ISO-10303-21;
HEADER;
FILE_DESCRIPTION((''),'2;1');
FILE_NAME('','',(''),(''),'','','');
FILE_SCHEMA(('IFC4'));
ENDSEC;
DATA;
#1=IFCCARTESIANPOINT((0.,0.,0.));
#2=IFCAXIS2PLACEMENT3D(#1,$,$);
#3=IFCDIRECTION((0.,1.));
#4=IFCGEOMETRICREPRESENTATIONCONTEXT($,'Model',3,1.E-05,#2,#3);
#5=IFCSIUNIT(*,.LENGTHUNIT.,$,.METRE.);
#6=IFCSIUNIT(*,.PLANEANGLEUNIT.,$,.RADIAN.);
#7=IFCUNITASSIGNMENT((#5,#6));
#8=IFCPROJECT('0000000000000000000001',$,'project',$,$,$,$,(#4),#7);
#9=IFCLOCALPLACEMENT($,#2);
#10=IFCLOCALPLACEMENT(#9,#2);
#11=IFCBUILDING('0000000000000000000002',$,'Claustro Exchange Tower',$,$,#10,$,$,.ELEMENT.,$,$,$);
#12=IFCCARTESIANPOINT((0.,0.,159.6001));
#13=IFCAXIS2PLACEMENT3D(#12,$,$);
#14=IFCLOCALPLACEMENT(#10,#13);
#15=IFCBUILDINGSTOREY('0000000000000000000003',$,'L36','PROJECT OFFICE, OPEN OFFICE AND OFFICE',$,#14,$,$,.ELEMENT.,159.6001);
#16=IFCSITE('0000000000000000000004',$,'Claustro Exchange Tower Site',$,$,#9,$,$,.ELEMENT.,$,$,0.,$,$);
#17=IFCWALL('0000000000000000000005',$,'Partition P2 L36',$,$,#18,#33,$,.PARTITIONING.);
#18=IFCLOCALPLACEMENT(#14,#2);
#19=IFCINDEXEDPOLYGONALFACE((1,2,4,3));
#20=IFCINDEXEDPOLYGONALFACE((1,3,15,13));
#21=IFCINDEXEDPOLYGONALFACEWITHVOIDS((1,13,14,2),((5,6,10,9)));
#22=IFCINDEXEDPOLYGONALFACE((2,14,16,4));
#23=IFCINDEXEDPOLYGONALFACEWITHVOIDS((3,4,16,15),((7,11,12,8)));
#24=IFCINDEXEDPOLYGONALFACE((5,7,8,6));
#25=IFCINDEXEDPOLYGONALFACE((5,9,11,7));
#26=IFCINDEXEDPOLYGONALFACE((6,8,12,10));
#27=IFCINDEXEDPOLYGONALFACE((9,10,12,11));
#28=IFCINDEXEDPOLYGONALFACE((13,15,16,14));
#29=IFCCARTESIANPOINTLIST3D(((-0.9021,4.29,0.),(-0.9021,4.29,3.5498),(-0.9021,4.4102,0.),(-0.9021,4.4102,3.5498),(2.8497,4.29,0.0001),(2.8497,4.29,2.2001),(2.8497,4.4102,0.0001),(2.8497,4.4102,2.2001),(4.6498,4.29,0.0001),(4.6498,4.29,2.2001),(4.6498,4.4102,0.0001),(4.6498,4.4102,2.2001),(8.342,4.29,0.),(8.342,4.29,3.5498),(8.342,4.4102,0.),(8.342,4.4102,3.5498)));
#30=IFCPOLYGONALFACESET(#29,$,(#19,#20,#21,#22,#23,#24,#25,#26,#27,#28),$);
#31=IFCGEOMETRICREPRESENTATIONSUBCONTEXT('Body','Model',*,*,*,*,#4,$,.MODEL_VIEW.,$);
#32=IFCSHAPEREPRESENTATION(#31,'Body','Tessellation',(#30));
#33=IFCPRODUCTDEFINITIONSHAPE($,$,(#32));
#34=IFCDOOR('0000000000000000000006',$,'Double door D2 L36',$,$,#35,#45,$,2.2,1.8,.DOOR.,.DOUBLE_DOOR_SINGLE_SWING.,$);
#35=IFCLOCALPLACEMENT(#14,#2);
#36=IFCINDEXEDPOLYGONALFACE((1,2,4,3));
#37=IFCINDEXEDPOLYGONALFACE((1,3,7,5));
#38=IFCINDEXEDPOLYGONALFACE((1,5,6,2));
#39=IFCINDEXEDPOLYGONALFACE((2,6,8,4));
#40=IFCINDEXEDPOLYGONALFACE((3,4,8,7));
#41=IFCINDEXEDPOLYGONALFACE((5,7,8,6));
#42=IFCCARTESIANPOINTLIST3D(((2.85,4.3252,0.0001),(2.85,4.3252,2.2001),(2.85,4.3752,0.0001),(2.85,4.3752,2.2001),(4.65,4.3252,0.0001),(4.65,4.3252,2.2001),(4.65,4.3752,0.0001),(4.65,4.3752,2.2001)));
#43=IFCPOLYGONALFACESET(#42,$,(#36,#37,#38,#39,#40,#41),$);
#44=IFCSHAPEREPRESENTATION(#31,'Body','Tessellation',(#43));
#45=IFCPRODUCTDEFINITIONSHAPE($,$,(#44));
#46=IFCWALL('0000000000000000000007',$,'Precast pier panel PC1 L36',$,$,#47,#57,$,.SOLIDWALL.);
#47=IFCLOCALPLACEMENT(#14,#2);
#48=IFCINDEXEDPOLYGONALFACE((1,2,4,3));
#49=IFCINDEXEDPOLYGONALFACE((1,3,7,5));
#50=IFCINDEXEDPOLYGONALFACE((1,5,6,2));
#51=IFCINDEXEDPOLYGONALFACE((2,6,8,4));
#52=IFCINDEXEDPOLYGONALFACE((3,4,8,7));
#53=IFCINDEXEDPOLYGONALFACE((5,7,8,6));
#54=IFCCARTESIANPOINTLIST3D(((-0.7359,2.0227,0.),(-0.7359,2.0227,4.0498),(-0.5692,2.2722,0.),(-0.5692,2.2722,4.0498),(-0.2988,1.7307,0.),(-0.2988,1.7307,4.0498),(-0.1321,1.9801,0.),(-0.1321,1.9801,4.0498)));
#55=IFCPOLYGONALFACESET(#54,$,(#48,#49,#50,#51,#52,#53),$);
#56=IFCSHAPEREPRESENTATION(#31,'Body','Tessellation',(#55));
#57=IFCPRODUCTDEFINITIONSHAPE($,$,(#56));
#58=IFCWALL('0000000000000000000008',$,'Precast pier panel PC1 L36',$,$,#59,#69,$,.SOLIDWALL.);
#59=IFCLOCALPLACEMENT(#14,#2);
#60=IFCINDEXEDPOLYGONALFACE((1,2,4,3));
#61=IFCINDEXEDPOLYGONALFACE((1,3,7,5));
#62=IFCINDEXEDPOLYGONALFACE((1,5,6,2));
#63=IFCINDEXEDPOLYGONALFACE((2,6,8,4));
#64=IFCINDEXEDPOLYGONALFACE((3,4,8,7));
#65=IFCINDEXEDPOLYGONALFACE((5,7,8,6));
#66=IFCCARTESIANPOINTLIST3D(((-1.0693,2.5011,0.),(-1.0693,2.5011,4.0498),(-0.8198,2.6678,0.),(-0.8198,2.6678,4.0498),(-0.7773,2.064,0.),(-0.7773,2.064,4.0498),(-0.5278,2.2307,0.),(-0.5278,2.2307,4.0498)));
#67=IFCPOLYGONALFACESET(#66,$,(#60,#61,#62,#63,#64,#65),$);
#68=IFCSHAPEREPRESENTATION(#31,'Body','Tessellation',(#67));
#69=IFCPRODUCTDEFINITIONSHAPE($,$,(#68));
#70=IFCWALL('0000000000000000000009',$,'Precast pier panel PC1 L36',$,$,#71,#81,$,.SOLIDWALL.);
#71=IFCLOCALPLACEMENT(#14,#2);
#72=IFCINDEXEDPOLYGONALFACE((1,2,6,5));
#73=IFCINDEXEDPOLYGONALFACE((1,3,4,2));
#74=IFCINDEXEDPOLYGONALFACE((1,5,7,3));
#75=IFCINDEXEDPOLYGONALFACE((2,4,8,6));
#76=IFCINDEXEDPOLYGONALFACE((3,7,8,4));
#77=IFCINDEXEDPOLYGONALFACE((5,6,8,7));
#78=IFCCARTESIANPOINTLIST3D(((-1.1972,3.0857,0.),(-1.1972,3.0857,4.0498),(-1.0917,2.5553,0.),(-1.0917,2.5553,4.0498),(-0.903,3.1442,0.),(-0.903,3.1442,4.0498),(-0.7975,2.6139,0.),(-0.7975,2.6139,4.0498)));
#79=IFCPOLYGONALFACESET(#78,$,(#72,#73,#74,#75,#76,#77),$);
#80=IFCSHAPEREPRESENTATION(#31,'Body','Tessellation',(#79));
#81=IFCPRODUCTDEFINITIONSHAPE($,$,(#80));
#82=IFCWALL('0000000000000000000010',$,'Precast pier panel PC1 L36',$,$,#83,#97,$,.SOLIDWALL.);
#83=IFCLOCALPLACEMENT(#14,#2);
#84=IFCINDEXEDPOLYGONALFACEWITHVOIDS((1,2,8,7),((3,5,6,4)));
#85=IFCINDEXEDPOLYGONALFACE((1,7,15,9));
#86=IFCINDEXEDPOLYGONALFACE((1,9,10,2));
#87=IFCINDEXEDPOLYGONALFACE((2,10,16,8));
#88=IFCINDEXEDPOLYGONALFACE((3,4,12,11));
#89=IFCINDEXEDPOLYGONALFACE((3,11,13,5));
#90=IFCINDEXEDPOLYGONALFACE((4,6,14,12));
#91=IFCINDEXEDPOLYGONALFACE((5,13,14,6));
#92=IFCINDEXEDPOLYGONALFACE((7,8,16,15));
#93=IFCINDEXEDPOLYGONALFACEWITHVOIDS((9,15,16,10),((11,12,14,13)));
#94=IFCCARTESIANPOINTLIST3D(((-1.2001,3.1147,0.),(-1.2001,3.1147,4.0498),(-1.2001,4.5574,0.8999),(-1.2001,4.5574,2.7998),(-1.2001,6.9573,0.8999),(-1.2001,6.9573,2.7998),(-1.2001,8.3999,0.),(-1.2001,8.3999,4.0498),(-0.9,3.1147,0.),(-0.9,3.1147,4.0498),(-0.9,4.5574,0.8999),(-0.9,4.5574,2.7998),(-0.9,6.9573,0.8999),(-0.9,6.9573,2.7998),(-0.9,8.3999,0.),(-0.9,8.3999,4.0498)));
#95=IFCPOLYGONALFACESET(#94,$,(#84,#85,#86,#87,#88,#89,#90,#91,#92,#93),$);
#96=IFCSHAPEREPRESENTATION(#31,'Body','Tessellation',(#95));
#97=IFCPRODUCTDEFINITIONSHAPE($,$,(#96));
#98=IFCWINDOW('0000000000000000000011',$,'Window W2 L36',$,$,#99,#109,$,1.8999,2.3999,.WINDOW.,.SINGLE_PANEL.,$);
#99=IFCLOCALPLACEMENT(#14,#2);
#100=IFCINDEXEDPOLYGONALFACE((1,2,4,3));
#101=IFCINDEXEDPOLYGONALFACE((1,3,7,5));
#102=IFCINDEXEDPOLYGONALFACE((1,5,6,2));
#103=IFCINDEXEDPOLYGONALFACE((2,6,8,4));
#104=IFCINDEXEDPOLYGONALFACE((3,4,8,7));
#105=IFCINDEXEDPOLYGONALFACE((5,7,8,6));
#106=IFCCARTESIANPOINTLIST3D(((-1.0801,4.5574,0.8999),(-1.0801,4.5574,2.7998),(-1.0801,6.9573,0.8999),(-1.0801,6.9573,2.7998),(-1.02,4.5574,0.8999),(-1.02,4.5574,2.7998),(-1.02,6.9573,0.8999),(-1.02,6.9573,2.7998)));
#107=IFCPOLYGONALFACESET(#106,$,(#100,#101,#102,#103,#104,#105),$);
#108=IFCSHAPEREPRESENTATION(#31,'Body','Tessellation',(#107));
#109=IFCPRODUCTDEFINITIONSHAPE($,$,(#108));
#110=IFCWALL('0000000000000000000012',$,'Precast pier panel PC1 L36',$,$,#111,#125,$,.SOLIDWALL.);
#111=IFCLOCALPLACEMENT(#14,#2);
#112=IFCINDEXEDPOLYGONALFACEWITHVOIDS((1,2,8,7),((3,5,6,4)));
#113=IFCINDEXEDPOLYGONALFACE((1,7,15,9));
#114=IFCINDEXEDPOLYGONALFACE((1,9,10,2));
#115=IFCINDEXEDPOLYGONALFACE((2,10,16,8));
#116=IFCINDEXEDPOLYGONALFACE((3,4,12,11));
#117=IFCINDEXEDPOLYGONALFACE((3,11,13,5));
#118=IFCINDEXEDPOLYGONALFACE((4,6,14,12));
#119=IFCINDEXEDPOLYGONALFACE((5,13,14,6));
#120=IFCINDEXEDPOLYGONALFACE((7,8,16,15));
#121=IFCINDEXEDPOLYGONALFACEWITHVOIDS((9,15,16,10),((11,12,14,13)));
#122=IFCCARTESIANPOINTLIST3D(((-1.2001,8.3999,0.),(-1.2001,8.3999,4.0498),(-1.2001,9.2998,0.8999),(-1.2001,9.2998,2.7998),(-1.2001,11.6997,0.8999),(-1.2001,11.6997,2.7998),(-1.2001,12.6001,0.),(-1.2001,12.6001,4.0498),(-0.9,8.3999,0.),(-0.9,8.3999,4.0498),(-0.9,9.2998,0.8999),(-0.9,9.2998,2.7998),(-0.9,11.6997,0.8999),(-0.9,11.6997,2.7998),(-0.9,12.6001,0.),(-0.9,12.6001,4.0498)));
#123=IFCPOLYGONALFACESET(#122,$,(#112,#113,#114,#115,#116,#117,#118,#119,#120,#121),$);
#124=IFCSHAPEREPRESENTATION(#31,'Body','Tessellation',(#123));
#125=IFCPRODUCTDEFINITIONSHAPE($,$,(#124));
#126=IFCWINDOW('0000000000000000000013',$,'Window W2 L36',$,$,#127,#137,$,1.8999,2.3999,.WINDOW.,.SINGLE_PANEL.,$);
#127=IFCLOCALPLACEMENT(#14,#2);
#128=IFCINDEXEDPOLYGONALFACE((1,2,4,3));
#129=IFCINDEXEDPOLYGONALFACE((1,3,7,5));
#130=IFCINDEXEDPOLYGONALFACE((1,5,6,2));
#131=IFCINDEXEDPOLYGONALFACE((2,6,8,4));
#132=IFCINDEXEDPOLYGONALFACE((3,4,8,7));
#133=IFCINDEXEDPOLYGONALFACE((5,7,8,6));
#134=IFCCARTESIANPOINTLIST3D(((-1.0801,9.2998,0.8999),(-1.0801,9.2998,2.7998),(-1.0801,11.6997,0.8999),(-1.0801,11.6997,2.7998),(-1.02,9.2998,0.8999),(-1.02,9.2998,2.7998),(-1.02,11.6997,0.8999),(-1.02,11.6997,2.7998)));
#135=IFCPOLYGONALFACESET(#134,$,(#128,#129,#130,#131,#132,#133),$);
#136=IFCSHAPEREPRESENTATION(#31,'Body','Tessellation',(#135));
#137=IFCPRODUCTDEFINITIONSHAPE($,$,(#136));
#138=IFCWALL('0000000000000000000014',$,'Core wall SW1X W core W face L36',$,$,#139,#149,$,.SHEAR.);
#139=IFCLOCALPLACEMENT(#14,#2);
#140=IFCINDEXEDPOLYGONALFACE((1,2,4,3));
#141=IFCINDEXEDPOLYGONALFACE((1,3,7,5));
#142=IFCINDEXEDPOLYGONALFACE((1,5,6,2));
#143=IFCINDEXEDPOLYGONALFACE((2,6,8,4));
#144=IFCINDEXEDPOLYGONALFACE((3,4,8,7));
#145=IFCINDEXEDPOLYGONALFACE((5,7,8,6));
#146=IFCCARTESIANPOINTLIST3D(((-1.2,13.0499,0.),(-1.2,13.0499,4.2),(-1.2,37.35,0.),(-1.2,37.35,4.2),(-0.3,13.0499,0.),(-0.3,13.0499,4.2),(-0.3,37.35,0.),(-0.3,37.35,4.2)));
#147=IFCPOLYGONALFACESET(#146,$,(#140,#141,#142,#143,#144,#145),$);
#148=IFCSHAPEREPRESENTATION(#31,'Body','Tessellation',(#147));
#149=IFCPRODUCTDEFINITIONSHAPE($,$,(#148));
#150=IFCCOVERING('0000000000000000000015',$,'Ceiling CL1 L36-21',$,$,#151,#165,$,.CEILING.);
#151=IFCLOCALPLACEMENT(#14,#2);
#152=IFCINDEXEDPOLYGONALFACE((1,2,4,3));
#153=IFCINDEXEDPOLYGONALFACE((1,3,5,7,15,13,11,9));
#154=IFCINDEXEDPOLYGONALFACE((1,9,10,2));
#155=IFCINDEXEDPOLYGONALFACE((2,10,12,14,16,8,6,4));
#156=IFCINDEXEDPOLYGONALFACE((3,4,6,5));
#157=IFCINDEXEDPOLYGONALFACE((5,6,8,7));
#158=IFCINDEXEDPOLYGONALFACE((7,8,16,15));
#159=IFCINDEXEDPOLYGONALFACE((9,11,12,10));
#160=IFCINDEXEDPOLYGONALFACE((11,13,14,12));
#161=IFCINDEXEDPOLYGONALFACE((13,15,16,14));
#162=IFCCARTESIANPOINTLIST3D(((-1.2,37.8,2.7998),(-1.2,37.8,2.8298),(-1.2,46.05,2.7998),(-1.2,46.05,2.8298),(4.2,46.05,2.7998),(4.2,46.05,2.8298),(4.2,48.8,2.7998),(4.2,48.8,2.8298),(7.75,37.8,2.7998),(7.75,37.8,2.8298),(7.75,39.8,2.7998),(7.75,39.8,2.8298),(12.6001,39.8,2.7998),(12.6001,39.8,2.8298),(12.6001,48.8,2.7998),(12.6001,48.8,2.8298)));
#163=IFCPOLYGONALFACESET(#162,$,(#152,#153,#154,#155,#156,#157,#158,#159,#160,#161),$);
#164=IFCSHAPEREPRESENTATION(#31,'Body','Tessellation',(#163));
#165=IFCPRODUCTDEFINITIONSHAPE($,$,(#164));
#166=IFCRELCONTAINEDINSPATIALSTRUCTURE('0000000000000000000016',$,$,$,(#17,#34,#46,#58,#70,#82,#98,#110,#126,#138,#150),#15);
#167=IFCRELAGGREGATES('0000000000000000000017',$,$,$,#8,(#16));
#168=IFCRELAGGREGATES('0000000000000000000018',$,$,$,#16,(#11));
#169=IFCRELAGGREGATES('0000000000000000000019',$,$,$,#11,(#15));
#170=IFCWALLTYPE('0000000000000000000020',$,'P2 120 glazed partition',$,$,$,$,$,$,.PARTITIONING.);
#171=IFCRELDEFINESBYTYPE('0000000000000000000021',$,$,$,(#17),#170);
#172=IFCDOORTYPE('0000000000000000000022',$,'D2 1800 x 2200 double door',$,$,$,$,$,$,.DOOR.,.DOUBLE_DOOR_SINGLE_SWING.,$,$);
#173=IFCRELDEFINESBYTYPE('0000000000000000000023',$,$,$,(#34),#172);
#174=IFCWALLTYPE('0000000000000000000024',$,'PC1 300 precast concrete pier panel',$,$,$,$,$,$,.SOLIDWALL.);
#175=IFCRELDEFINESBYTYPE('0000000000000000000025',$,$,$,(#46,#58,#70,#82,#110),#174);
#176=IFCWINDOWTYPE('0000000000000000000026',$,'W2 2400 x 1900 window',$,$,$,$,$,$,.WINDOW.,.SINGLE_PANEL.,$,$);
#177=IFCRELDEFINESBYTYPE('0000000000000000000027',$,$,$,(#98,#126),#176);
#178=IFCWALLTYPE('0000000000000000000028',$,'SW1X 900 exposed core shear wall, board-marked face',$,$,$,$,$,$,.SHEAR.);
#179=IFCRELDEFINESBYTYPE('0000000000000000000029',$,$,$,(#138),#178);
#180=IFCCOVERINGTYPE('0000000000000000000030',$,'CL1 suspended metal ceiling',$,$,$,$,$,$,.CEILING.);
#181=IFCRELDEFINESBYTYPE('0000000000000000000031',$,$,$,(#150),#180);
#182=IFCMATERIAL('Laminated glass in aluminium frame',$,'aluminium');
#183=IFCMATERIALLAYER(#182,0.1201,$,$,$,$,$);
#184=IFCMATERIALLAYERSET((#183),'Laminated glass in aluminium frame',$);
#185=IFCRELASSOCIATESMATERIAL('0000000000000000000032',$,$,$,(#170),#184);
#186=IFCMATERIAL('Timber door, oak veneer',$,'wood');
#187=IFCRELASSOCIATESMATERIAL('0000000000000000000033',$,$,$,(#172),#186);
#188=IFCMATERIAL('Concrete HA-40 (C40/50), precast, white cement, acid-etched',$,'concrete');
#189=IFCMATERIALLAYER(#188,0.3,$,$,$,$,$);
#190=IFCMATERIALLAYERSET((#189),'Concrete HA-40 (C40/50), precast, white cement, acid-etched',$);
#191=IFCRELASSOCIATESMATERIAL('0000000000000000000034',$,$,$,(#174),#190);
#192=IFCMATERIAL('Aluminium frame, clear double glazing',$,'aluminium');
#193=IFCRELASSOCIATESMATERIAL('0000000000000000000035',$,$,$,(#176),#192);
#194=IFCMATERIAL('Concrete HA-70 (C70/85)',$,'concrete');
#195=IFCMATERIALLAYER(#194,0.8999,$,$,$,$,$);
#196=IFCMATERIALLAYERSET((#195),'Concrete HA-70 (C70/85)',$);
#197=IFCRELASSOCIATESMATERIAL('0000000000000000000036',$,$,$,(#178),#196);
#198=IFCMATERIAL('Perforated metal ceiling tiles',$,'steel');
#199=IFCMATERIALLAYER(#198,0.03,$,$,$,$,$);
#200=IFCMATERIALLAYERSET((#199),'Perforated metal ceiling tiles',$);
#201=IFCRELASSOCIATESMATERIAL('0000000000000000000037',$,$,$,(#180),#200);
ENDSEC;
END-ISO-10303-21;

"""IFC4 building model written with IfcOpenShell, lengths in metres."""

from ifc_helpers import new_model, si_unit, direction, frame, frame_2d, origin, place, context, subcontext, project, spatial, polyline, rectangle, outline, extrude, material, layer, layer_set, type_object, element, fill, save


model = new_model("IFC4")

# Units and contexts
model_context = context("Model", 3, precision=1e-05, world=origin(), true_north=direction((0.0, 1.0)))
body_context = subcontext(model_context, "Body", "Model", "MODEL_VIEW")
ifc_project = project(units=[si_unit("LENGTHUNIT", "METRE"), si_unit("PLANEANGLEUNIT", "RADIAN")], contexts=[model_context])

# Site, building, storey
site_placement = place(None, origin())
site = spatial("IfcSite", under=ifc_project, at=site_placement, Name="Claustro Exchange Tower Site", CompositionType="ELEMENT", RefElevation=0.0)
building_placement = place(site_placement, origin())
building = spatial("IfcBuilding", under=site, at=building_placement, Name="Claustro Exchange Tower", CompositionType="ELEMENT")
storey_placement = place(building_placement, frame((0.0, 0.0, 159.6001)))
storey = spatial("IfcBuildingStorey", under=building, at=storey_placement, Name="L36", Description="PROJECT OFFICE, OPEN OFFICE AND OFFICE", CompositionType="ELEMENT", Elevation=159.6001)

# Wall, opening, door
ifc_material_1 = material(Name="Laminated glass in aluminium frame", Category="aluminium")
ifc_layer_1 = layer(ifc_material_1, 0.1201)
ifc_layer_set_1 = layer_set([ifc_layer_1], Name="Laminated glass in aluminium frame")
wall_type_1 = type_object("IfcWallType", Name="P2 120 glazed partition", PredefinedType="PARTITIONING", material=ifc_layer_set_1)
wall_1_placement = place(storey_placement, frame((-0.9021, 4.3501, 0.0), z_axis=(0.0, 0.0, 1.0), x_axis=(1.0, 0.0, 0.0)))
wall_1 = element("IfcWall", 1, at=wall_1_placement, inside=storey, type_object=wall_type_1, Name="Partition P2 L36", PredefinedType="PARTITIONING", context=body_context, shape_type="SweptSolid", body=[
    extrude(rectangle(XDim=9.2441, YDim=0.1201, at=frame_2d((4.6221, 0.0))), origin(), (0.0, 0.0, 1.0), 3.5498),
])
opening_1_placement = place(wall_1_placement, frame((3.752, 0.0, 0.0)))
opening_1 = element("IfcOpeningElement", 2, at=opening_1_placement, cuts=wall_1, PredefinedType="OPENING", context=body_context, shape_type="SweptSolid", body=[
    extrude(rectangle(XDim=1.8, YDim=2.2, at=frame_2d((0.8999, 1.1001))), frame((0.0, 0.0701, 0.0), z_axis=(0.0, -1.0, 0.0), x_axis=(1.0, 0.0, 0.0)), (0.0, 0.0, 1.0), 0.1401),
])
ifc_material_2 = material(Name="Timber door, oak veneer", Category="wood")
door_type_1 = type_object("IfcDoorType", Name="D2 1800 x 2200 double door", OperationType="DOUBLE_DOOR_SINGLE_SWING", PredefinedType="DOOR", material=ifc_material_2)
door_1_placement = place(opening_1_placement, frame((1.8, 0.0, 0.0), z_axis=(0.0, 0.0, 1.0), x_axis=(-1.0, 0.0, 0.0)))
door_1 = element("IfcDoor", 3, at=door_1_placement, inside=storey, type_object=door_type_1, Name="Double door D2 L36", OperationType="DOUBLE_DOOR_SINGLE_SWING", OverallHeight=2.2, OverallWidth=1.8, PredefinedType="DOOR", context=body_context, shape_type="SweptSolid", body=[
    extrude(rectangle(XDim=1.8, YDim=2.2, at=frame_2d((0.8999, 1.1001))), frame((0.0, 0.0249, 0.0), z_axis=(0.0, -1.0, 0.0), x_axis=(1.0, 0.0, 0.0)), (0.0, 0.0, 1.0), 0.05),
])
fill(opening_1, door_1)

# Walls
ifc_material_3 = material(Name="Concrete HA-40 (C40/50), precast, white cement, acid-etched", Category="concrete")
ifc_layer_2 = layer(ifc_material_3, 0.3)
ifc_layer_set_2 = layer_set([ifc_layer_2], Name="Concrete HA-40 (C40/50), precast, white cement, acid-etched")
wall_type_2 = type_object("IfcWallType", Name="PC1 300 precast concrete pier panel", PredefinedType="SOLIDWALL", material=ifc_layer_set_2)
for number, where, z_axis, x_axis, name in (
    (4, (-0.2156, 1.8555, 0.0), (0.0, 0.0, 1.0), (-0.831478, 0.555557, 0.0), "Precast pier panel PC1 L36"),
    (5, (-0.6526, 2.1475, 0.0), (0.0, 0.0, 1.0), (-0.555557, 0.831478, 0.0), "Precast pier panel PC1 L36"),
):
    element("IfcWall", number, at=place(storey_placement, frame(where, z_axis=z_axis, x_axis=x_axis)), inside=storey, type_object=wall_type_2, Name=name, PredefinedType="SOLIDWALL", context=body_context, shape_type="SweptSolid", body=[
        extrude(rectangle(XDim=0.5256, YDim=0.3, at=frame_2d((0.2627, 0.0))), origin(), (0.0, 0.0, 1.0), 4.0498),
    ])
wall_2_placement = place(storey_placement, frame((-0.9446, 2.5845, 0.0), z_axis=(0.0, 0.0, 1.0), x_axis=(-0.195074, 0.980789, 0.0)))
element("IfcWall", 6, at=wall_2_placement, inside=storey, type_object=wall_type_2, Name="Precast pier panel PC1 L36", PredefinedType="SOLIDWALL", context=body_context, shape_type="SweptSolid", body=[
    extrude(rectangle(XDim=0.5408, YDim=0.3, at=frame_2d((0.2705, 0.0))), origin(), (0.0, 0.0, 1.0), 4.0498),
])

# Walls, openings, windows
wall_3_placement = place(storey_placement, frame((-1.05, 3.1147, 0.0), z_axis=(0.0, 0.0, 1.0), x_axis=(0.0, 1.0, 0.0)))
wall_3 = element("IfcWall", 7, at=wall_3_placement, inside=storey, type_object=wall_type_2, Name="Precast pier panel PC1 L36", PredefinedType="SOLIDWALL", context=body_context, shape_type="SweptSolid", body=[
    extrude(rectangle(XDim=5.2852, YDim=0.3, at=frame_2d((2.6426, 0.0))), origin(), (0.0, 0.0, 1.0), 4.0498),
])
opening_2_placement = place(wall_3_placement, frame((1.4426, 0.0, 0.8999)))
opening_2 = element("IfcOpeningElement", 8, at=opening_2_placement, cuts=wall_3, PredefinedType="OPENING", context=body_context, shape_type="SweptSolid", body=[
    extrude(rectangle(XDim=2.3999, YDim=1.8999, at=frame_2d((1.2, 0.95))), frame((0.0, 0.1599, 0.0), z_axis=(0.0, -1.0, 0.0), x_axis=(1.0, 0.0, 0.0)), (0.0, 0.0, 1.0), 0.3201),
])
ifc_material_4 = material(Name="Aluminium frame, clear double glazing", Category="aluminium")
window_type = type_object("IfcWindowType", Name="W2 2400 x 1900 window", PartitioningType="SINGLE_PANEL", PredefinedType="WINDOW", material=ifc_material_4)
window_1_placement = place(opening_2_placement, origin())
window_1 = element("IfcWindow", 9, at=window_1_placement, inside=storey, type_object=window_type, Name="Window W2 L36", OverallHeight=1.8999, OverallWidth=2.3999, PartitioningType="SINGLE_PANEL", PredefinedType="WINDOW", context=body_context, shape_type="SweptSolid", body=[
    extrude(rectangle(XDim=2.3999, YDim=1.8999, at=frame_2d((1.2, 0.95))), frame((0.0, 0.03, 0.0), z_axis=(0.0, -1.0, 0.0), x_axis=(1.0, 0.0, 0.0)), (0.0, 0.0, 1.0), 0.0601),
])
fill(opening_2, window_1)
wall_4_placement = place(storey_placement, frame((-1.05, 8.3999, 0.0), z_axis=(0.0, 0.0, 1.0), x_axis=(0.0, 1.0, 0.0)))
wall_4 = element("IfcWall", 10, at=wall_4_placement, inside=storey, type_object=wall_type_2, Name="Precast pier panel PC1 L36", PredefinedType="SOLIDWALL", context=body_context, shape_type="SweptSolid", body=[
    extrude(rectangle(XDim=4.2002, YDim=0.3, at=frame_2d((2.1001, 0.0))), origin(), (0.0, 0.0, 1.0), 4.0498),
])
opening_3_placement = place(wall_4_placement, frame((0.8999, 0.0, 0.8999)))
opening_3 = element("IfcOpeningElement", 11, at=opening_3_placement, cuts=wall_4, PredefinedType="OPENING", context=body_context, shape_type="SweptSolid", body=[
    extrude(rectangle(XDim=2.3999, YDim=1.8999, at=frame_2d((1.2, 0.95))), frame((0.0, 0.1599, 0.0), z_axis=(0.0, -1.0, 0.0), x_axis=(1.0, 0.0, 0.0)), (0.0, 0.0, 1.0), 0.3201),
])
window_2_placement = place(opening_3_placement, origin())
window_2 = element("IfcWindow", 12, at=window_2_placement, inside=storey, type_object=window_type, Name="Window W2 L36", OverallHeight=1.8999, OverallWidth=2.3999, PartitioningType="SINGLE_PANEL", PredefinedType="WINDOW", context=body_context, shape_type="SweptSolid", body=[
    extrude(rectangle(XDim=2.3999, YDim=1.8999, at=frame_2d((1.2, 0.95))), frame((0.0, 0.03, 0.0), z_axis=(0.0, -1.0, 0.0), x_axis=(1.0, 0.0, 0.0)), (0.0, 0.0, 1.0), 0.0601),
])
fill(opening_3, window_2)

# Wall
ifc_material_5 = material(Name="Concrete HA-70 (C70/85)", Category="concrete")
ifc_layer_3 = layer(ifc_material_5, 0.8999)
ifc_layer_set_3 = layer_set([ifc_layer_3], Name="Concrete HA-70 (C70/85)")
wall_type_3 = type_object("IfcWallType", Name="SW1X 900 exposed core shear wall, board-marked face", PredefinedType="SHEAR", material=ifc_layer_set_3)
wall_5_placement = place(storey_placement, frame((-0.75, 13.05, 0.0), z_axis=(0.0, 0.0, 1.0), x_axis=(0.0, 1.0, 0.0)))
element("IfcWall", 13, at=wall_5_placement, inside=storey, type_object=wall_type_3, Name="Core wall SW1X W core W face L36", PredefinedType="SHEAR", context=body_context, shape_type="SweptSolid", body=[
    extrude(rectangle(XDim=24.3, YDim=0.8999, at=frame_2d((12.1499, 0.0))), origin(), (0.0, 0.0, 1.0), 4.2),
])

# Covering
ifc_material_6 = material(Name="Perforated metal ceiling tiles", Category="steel")
ifc_layer_4 = layer(ifc_material_6, 0.03)
ifc_layer_set_4 = layer_set([ifc_layer_4], Name="Perforated metal ceiling tiles")
covering_type_1 = type_object("IfcCoveringType", Name="CL1 suspended metal ceiling", PredefinedType="CEILING", material=ifc_layer_set_4)
covering_1_placement = place(storey_placement, frame((0.0, 0.0, 2.7998)))
element("IfcCovering", 14, at=covering_1_placement, inside=storey, type_object=covering_type_1, Name="Ceiling CL1 L36-21", PredefinedType="CEILING", context=body_context, shape_type="SweptSolid", body=[
    extrude(outline(polyline([(-1.2, 46.05), (-1.2, 37.8), (7.75, 37.8), (7.75, 39.8), (12.6001, 39.8), (12.6001, 48.8), (4.2, 48.8), (4.2, 46.05), (-1.2, 46.05)])), origin(), (0.0, 0.0, 1.0), 0.03),
])

save(model, "model.ifc")
